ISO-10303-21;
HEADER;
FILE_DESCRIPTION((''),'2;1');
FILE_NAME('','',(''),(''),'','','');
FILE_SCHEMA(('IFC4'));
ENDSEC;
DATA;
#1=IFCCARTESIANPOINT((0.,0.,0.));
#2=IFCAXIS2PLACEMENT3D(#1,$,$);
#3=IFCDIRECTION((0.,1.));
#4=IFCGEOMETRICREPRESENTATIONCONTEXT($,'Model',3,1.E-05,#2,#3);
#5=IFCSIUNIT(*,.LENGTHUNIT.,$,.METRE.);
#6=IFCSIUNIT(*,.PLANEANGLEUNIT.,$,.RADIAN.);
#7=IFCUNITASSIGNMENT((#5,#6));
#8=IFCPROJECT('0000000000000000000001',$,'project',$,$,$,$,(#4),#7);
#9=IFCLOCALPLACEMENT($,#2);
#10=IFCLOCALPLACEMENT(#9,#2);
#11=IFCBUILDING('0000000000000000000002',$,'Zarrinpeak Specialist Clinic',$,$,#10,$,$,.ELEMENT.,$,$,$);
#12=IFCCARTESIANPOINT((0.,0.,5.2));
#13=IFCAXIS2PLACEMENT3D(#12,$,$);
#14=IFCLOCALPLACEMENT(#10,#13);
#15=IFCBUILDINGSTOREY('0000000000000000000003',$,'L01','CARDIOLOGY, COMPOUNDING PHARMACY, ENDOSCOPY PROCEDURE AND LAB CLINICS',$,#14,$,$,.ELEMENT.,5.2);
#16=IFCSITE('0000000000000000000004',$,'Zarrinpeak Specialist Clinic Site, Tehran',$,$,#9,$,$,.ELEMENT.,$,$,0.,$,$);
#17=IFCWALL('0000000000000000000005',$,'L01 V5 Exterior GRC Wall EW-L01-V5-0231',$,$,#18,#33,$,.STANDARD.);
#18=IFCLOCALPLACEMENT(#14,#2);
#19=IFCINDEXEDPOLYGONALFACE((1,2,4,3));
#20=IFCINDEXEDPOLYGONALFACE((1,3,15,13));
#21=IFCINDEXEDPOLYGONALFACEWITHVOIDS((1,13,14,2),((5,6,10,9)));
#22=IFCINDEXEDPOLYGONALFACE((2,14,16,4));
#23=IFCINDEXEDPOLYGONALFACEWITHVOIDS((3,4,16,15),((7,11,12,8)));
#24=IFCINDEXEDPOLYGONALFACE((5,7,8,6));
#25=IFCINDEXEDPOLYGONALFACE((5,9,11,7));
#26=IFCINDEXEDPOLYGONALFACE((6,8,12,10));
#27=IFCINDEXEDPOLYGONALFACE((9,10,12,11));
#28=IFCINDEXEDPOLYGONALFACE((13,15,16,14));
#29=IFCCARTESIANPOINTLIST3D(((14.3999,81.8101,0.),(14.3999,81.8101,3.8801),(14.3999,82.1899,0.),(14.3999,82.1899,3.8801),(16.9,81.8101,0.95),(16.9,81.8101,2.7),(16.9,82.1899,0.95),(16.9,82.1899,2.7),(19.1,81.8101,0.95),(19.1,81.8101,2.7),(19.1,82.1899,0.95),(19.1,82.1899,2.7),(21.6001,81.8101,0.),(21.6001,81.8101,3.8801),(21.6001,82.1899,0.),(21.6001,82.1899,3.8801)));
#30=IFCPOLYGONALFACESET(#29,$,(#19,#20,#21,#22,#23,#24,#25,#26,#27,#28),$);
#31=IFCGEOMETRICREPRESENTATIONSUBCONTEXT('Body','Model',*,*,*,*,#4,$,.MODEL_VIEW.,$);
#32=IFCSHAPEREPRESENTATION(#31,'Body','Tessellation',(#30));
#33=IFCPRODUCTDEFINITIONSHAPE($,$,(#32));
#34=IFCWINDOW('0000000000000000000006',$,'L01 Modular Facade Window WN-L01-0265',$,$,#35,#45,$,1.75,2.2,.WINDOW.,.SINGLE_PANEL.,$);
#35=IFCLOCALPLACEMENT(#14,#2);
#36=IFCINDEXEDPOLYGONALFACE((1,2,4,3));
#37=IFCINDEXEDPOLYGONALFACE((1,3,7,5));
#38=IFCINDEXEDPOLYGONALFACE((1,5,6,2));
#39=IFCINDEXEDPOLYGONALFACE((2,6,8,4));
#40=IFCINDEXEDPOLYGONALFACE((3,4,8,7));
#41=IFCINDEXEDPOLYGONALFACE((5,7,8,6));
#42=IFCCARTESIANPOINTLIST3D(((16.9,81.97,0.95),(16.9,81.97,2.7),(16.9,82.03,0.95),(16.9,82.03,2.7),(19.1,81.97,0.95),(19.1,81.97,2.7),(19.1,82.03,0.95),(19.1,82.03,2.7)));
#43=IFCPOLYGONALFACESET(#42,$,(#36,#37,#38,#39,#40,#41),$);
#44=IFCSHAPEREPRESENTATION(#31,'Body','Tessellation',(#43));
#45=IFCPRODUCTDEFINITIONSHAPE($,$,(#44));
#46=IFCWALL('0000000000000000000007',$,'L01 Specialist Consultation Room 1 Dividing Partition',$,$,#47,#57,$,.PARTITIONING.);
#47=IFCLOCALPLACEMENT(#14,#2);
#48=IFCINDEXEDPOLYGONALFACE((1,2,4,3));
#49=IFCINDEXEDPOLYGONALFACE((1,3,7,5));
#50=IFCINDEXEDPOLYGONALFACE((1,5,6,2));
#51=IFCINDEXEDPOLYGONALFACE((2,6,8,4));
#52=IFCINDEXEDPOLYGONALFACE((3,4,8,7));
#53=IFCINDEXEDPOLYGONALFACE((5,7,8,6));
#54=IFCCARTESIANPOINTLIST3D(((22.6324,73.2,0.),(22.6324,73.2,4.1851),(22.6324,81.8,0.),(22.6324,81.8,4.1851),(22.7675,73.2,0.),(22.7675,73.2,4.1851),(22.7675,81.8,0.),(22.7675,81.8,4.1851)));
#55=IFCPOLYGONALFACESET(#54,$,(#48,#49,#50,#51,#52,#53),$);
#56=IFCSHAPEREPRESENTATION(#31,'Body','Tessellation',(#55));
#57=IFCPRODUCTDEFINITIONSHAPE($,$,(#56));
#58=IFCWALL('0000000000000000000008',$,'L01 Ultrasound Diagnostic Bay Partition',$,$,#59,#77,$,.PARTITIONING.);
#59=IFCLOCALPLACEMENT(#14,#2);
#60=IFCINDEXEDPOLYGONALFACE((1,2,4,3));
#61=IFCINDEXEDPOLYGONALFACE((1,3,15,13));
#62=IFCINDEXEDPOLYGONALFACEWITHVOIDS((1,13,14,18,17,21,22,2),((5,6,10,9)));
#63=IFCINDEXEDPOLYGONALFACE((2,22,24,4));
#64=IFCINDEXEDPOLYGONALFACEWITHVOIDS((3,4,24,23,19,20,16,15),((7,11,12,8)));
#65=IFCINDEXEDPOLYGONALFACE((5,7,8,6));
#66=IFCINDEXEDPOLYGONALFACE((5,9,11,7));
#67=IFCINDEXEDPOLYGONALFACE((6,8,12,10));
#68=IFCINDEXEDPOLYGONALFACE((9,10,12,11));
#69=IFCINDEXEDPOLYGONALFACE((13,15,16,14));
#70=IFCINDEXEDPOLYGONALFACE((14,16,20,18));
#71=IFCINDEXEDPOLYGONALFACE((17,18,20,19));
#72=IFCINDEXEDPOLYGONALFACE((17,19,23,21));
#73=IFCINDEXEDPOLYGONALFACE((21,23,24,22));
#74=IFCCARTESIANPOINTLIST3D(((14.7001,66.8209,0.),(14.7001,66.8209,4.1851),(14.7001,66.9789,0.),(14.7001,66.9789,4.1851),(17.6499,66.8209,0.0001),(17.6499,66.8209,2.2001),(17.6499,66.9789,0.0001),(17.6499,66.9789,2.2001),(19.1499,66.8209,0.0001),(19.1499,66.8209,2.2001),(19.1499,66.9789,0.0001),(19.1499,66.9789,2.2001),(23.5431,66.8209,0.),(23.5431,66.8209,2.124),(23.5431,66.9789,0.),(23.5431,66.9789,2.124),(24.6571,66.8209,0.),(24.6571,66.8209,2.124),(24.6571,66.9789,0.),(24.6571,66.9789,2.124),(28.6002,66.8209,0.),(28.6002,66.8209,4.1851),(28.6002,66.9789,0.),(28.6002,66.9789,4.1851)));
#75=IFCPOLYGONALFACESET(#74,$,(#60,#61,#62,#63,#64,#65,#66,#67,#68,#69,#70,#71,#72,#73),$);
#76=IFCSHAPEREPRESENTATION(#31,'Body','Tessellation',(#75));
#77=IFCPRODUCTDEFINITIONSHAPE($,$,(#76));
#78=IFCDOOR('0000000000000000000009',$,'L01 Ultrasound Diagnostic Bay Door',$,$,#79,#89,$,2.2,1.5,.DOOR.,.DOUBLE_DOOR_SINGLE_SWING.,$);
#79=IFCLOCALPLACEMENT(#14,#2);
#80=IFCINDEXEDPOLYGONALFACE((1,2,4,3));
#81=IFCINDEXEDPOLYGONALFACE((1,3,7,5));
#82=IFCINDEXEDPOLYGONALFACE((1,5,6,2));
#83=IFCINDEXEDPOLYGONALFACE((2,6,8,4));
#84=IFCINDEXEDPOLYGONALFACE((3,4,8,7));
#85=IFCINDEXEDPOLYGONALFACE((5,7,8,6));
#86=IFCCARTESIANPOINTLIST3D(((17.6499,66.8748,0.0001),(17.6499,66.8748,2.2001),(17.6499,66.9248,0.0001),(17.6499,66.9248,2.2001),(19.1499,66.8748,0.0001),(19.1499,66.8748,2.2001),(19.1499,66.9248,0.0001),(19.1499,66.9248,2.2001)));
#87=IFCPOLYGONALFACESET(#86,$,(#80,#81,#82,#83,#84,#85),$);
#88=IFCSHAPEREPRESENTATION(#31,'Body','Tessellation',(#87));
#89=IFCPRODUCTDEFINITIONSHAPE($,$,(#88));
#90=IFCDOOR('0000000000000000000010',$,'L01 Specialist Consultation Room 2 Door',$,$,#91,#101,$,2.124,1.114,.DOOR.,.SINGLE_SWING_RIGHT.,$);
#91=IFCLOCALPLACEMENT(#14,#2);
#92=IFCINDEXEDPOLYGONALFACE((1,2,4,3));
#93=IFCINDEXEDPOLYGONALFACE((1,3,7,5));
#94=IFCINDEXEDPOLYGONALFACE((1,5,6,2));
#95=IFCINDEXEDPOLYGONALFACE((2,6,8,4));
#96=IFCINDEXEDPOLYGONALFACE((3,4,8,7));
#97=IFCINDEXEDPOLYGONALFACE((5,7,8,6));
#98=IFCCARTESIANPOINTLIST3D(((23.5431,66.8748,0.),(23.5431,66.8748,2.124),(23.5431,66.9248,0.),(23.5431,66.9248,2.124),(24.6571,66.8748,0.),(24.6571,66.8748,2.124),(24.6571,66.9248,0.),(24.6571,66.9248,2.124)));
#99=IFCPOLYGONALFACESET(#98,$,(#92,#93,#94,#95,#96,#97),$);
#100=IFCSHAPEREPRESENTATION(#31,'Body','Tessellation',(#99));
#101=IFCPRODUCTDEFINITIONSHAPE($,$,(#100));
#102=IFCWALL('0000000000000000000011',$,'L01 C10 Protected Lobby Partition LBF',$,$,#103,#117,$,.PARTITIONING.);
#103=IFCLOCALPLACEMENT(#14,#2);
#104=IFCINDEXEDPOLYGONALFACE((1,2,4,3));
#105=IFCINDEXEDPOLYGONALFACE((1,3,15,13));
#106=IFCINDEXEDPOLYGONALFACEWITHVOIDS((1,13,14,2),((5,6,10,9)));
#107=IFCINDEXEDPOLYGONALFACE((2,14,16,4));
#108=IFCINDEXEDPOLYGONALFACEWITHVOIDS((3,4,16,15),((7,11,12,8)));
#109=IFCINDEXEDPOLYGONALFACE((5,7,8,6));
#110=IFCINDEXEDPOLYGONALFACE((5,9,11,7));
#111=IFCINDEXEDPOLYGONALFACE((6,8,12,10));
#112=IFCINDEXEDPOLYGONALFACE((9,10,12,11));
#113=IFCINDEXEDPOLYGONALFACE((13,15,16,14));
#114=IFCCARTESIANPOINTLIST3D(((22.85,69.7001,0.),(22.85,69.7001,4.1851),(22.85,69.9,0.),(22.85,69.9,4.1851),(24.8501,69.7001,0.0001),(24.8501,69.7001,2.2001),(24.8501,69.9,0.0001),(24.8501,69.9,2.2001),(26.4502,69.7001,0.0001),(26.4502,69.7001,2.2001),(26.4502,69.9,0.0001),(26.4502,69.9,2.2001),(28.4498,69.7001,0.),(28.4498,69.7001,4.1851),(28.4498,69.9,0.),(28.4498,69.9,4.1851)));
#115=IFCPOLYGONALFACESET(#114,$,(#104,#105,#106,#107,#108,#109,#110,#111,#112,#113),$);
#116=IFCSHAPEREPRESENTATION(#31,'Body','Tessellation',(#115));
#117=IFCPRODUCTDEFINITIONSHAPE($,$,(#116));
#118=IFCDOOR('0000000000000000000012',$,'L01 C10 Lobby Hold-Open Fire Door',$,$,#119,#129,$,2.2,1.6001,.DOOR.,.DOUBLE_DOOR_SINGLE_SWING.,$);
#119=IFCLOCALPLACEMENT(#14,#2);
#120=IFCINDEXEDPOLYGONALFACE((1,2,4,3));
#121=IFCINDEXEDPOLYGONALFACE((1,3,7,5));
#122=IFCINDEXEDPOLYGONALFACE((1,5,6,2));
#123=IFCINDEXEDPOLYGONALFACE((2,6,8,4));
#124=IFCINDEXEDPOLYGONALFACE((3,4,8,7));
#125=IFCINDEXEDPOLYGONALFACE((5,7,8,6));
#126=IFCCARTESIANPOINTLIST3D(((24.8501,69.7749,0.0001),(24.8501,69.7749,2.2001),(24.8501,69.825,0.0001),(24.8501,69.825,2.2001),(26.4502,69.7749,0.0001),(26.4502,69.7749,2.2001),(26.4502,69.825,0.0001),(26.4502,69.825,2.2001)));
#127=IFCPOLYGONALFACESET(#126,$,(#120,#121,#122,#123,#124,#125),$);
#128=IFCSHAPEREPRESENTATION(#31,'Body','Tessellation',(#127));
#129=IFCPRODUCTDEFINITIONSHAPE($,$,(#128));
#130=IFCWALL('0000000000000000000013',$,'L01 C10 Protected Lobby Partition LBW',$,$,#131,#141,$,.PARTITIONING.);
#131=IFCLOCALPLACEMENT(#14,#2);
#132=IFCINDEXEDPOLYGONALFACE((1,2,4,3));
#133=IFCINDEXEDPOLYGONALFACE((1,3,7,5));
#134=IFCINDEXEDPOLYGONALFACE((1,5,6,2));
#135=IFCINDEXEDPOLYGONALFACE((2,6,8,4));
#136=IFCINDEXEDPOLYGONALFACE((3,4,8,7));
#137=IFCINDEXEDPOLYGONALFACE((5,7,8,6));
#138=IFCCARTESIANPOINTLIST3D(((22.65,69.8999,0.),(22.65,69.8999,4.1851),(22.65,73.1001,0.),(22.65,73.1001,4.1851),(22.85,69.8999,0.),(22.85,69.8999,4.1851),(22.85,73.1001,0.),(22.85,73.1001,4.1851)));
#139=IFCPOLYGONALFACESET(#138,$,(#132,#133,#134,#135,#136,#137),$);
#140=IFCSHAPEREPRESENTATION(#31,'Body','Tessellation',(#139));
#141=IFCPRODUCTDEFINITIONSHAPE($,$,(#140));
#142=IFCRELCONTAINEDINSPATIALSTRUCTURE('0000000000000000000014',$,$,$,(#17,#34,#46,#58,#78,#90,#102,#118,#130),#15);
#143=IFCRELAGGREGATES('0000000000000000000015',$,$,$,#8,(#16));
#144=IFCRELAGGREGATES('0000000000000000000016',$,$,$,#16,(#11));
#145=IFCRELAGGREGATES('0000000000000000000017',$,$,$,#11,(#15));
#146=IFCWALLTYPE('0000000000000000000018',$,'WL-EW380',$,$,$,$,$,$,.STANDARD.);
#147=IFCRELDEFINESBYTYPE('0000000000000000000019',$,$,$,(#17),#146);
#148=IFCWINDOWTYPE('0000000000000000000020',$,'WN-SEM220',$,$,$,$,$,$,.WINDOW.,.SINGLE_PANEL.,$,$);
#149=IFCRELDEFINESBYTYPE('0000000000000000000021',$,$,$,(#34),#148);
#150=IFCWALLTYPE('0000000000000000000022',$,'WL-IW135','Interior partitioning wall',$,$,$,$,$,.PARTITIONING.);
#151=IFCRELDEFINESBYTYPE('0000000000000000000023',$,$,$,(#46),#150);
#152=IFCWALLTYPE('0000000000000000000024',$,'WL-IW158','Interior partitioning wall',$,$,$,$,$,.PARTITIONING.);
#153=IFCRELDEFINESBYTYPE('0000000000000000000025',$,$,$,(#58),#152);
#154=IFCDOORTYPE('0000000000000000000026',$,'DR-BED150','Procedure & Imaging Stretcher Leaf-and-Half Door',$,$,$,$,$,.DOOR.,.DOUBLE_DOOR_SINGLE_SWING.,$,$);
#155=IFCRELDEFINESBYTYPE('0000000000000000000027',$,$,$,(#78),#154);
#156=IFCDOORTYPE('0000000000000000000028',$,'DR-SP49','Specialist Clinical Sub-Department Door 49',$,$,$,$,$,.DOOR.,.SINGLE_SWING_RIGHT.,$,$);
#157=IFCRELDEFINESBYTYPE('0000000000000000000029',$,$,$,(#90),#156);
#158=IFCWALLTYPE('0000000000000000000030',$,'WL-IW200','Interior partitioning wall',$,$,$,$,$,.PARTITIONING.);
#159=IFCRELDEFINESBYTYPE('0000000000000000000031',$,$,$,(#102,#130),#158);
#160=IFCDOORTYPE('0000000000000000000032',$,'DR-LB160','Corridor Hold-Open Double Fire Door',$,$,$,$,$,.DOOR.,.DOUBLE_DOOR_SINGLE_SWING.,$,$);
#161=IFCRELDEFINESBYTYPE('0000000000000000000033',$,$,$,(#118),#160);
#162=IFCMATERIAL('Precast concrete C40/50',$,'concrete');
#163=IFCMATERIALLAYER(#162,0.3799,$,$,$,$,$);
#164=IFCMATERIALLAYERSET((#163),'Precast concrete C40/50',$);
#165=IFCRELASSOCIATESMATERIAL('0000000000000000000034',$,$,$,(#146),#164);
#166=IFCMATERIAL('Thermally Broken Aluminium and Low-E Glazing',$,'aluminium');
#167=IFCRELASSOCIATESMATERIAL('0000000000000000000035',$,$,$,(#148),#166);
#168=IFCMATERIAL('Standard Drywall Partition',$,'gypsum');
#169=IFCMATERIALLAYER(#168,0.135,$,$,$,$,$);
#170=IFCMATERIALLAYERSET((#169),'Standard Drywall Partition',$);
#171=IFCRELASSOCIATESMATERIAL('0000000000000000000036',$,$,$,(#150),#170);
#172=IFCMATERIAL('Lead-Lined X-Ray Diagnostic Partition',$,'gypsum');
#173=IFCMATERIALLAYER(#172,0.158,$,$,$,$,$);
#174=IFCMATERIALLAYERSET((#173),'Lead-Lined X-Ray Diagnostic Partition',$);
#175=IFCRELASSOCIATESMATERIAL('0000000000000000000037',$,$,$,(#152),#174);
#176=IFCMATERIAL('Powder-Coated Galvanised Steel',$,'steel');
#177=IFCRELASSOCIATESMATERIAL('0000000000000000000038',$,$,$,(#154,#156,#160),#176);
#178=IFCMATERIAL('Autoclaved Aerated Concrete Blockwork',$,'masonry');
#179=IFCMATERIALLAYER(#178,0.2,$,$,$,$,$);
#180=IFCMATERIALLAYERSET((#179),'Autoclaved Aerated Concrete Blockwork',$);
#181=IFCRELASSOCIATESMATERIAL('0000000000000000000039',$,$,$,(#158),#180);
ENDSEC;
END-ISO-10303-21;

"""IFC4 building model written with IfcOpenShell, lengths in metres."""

from ifc_helpers import new_model, si_unit, direction, frame, frame_2d, origin, place, context, subcontext, project, spatial, rectangle, extrude, material, layer, layer_set, type_object, element, fill, save


model = new_model("IFC4")

# Units and contexts
model_context = context("Model", 3, precision=1e-05, world=origin(), true_north=direction((0.0, 1.0)))
body_context = subcontext(model_context, "Body", "Model", "MODEL_VIEW")
ifc_project = project(units=[si_unit("LENGTHUNIT", "METRE"), si_unit("PLANEANGLEUNIT", "RADIAN")], contexts=[model_context])

# Site, building, storey
site_placement = place(None, origin())
site = spatial("IfcSite", under=ifc_project, at=site_placement, Name="Zarrinpeak Specialist Clinic Site, Tehran", CompositionType="ELEMENT", RefElevation=0.0)
building_placement = place(site_placement, origin())
building = spatial("IfcBuilding", under=site, at=building_placement, Name="Zarrinpeak Specialist Clinic", CompositionType="ELEMENT")
storey_placement = place(building_placement, frame((0.0, 0.0, 5.2)))
storey = spatial("IfcBuildingStorey", under=building, at=storey_placement, Name="L01", Description="CARDIOLOGY, COMPOUNDING PHARMACY, ENDOSCOPY PROCEDURE AND LAB CLINICS", CompositionType="ELEMENT", Elevation=5.2)

# Shared definitions
ifc_material_1 = material(Name="Powder-Coated Galvanised Steel", Category="steel")

# Wall, opening, window
ifc_material_2 = material(Name="Precast concrete C40/50", Category="concrete")
ifc_layer_1 = layer(ifc_material_2, 0.3799)
ifc_layer_set_1 = layer_set([ifc_layer_1], Name="Precast concrete C40/50")
wall_type_1 = type_object("IfcWallType", Name="WL-EW380", PredefinedType="STANDARD", material=ifc_layer_set_1)
wall_1_placement = place(storey_placement, frame((21.6001, 82.0, 0.0), z_axis=(0.0, 0.0, 1.0), x_axis=(-1.0, 0.0, 0.0)))
wall_1 = element("IfcWall", 1, at=wall_1_placement, inside=storey, type_object=wall_type_1, Name="L01 V5 Exterior GRC Wall EW-L01-V5-0231", PredefinedType="STANDARD", context=body_context, shape_type="SweptSolid", body=[
    extrude(rectangle(XDim=7.2002, YDim=0.3799, at=frame_2d((3.6001, 0.0))), origin(), (0.0, 0.0, 1.0), 3.8801),
])
opening_1_placement = place(wall_1_placement, frame((2.5, 0.0, 0.95)))
opening_1 = element("IfcOpeningElement", 2, at=opening_1_placement, cuts=wall_1, PredefinedType="OPENING", context=body_context, shape_type="SweptSolid", body=[
    extrude(rectangle(XDim=2.2, YDim=1.75, at=frame_2d((1.1001, 0.875))), frame((0.0, 0.2, 0.0), z_axis=(0.0, -1.0, 0.0), x_axis=(1.0, 0.0, 0.0)), (0.0, 0.0, 1.0), 0.3999),
])
ifc_material_3 = material(Name="Thermally Broken Aluminium and Low-E Glazing", Category="aluminium")
window_type = type_object("IfcWindowType", Name="WN-SEM220", PartitioningType="SINGLE_PANEL", PredefinedType="WINDOW", material=ifc_material_3)
window_placement = place(opening_1_placement, origin())
window = element("IfcWindow", 3, at=window_placement, inside=storey, type_object=window_type, Name="L01 Modular Facade Window WN-L01-0265", OverallHeight=1.75, OverallWidth=2.2, PartitioningType="SINGLE_PANEL", PredefinedType="WINDOW", context=body_context, shape_type="SweptSolid", body=[
    extrude(rectangle(XDim=2.2, YDim=1.75, at=frame_2d((1.1001, 0.875))), frame((0.0, 0.03, 0.0), z_axis=(0.0, -1.0, 0.0), x_axis=(1.0, 0.0, 0.0)), (0.0, 0.0, 1.0), 0.0601),
])
fill(opening_1, window)

# Wall
ifc_material_4 = material(Name="Standard Drywall Partition", Category="gypsum")
ifc_layer_2 = layer(ifc_material_4, 0.135)
ifc_layer_set_2 = layer_set([ifc_layer_2], Name="Standard Drywall Partition")
wall_type_2 = type_object("IfcWallType", Name="WL-IW135", Description="Interior partitioning wall", PredefinedType="PARTITIONING", material=ifc_layer_set_2)
wall_2_placement = place(storey_placement, frame((22.7, 73.2, 0.0), z_axis=(0.0, 0.0, 1.0), x_axis=(0.0, 1.0, 0.0)))
element("IfcWall", 4, at=wall_2_placement, inside=storey, type_object=wall_type_2, Name="L01 Specialist Consultation Room 1 Dividing Partition", PredefinedType="PARTITIONING", context=body_context, shape_type="SweptSolid", body=[
    extrude(rectangle(XDim=8.6001, YDim=0.135, at=frame_2d((4.3, 0.0))), origin(), (0.0, 0.0, 1.0), 4.1851),
])

# Wall, openings, doors
ifc_material_5 = material(Name="Lead-Lined X-Ray Diagnostic Partition", Category="gypsum")
ifc_layer_3 = layer(ifc_material_5, 0.158)
ifc_layer_set_3 = layer_set([ifc_layer_3], Name="Lead-Lined X-Ray Diagnostic Partition")
wall_type_3 = type_object("IfcWallType", Name="WL-IW158", Description="Interior partitioning wall", PredefinedType="PARTITIONING", material=ifc_layer_set_3)
wall_3_placement = place(storey_placement, frame((14.7, 66.8999, 0.0), z_axis=(0.0, 0.0, 1.0), x_axis=(1.0, 0.0, 0.0)))
wall_3 = element("IfcWall", 5, at=wall_3_placement, inside=storey, type_object=wall_type_3, Name="L01 Ultrasound Diagnostic Bay Partition", PredefinedType="PARTITIONING", context=body_context, shape_type="SweptSolid", body=[
    extrude(rectangle(XDim=13.9001, YDim=0.158, at=frame_2d((6.9502, 0.0))), origin(), (0.0, 0.0, 1.0), 4.1851),
])
opening_2_placement = place(wall_3_placement, frame((2.95, 0.0, 0.0)))
opening_2 = element("IfcOpeningElement", 6, at=opening_2_placement, cuts=wall_3, PredefinedType="OPENING", context=body_context, shape_type="SweptSolid", body=[
    extrude(rectangle(XDim=1.5, YDim=2.2, at=frame_2d((0.75, 1.1001))), frame((0.0, 0.0889, 0.0), z_axis=(0.0, -1.0, 0.0), x_axis=(1.0, 0.0, 0.0)), (0.0, 0.0, 1.0), 0.178),
])
opening_3_placement = place(wall_3_placement, frame((8.843, 0.0, 0.0)))
opening_3 = element("IfcOpeningElement", 7, at=opening_3_placement, cuts=wall_3, PredefinedType="OPENING", context=body_context, shape_type="SweptSolid", body=[
    extrude(rectangle(XDim=1.114, YDim=2.124, at=frame_2d((0.5571, 1.062))), frame((0.0, 0.0889, 0.0), z_axis=(0.0, -1.0, 0.0), x_axis=(1.0, 0.0, 0.0)), (0.0, 0.0, 1.0), 0.178),
])
door_type_1 = type_object("IfcDoorType", Name="DR-BED150", Description="Procedure & Imaging Stretcher Leaf-and-Half Door", OperationType="DOUBLE_DOOR_SINGLE_SWING", PredefinedType="DOOR", material=ifc_material_1)
door_1_placement = place(opening_2_placement, origin())
door_1 = element("IfcDoor", 8, at=door_1_placement, inside=storey, type_object=door_type_1, Name="L01 Ultrasound Diagnostic Bay Door", OperationType="DOUBLE_DOOR_SINGLE_SWING", OverallHeight=2.2, OverallWidth=1.5, PredefinedType="DOOR", context=body_context, shape_type="SweptSolid", body=[
    extrude(rectangle(XDim=1.5, YDim=2.2, at=frame_2d((0.75, 1.1001))), frame((0.0, 0.0249, 0.0), z_axis=(0.0, -1.0, 0.0), x_axis=(1.0, 0.0, 0.0)), (0.0, 0.0, 1.0), 0.05),
])
fill(opening_2, door_1)
door_type_2 = type_object("IfcDoorType", Name="DR-SP49", Description="Specialist Clinical Sub-Department Door 49", OperationType="SINGLE_SWING_RIGHT", PredefinedType="DOOR", material=ifc_material_1)
door_2_placement = place(opening_3_placement, origin())
door_2 = element("IfcDoor", 9, at=door_2_placement, inside=storey, type_object=door_type_2, Name="L01 Specialist Consultation Room 2 Door", OperationType="SINGLE_SWING_RIGHT", OverallHeight=2.124, OverallWidth=1.114, PredefinedType="DOOR", context=body_context, shape_type="SweptSolid", body=[
    extrude(rectangle(XDim=1.114, YDim=2.124, at=frame_2d((0.5571, 1.062))), frame((0.0, 0.0249, 0.0), z_axis=(0.0, -1.0, 0.0), x_axis=(1.0, 0.0, 0.0)), (0.0, 0.0, 1.0), 0.05),
])
fill(opening_3, door_2)

# Wall, opening, door
ifc_material_6 = material(Name="Autoclaved Aerated Concrete Blockwork", Category="masonry")
ifc_layer_4 = layer(ifc_material_6, 0.2)
ifc_layer_set_4 = layer_set([ifc_layer_4], Name="Autoclaved Aerated Concrete Blockwork")
wall_type_4 = type_object("IfcWallType", Name="WL-IW200", Description="Interior partitioning wall", PredefinedType="PARTITIONING", material=ifc_layer_set_4)
wall_4_placement = place(storey_placement, frame((22.8501, 69.8, 0.0), z_axis=(0.0, 0.0, 1.0), x_axis=(1.0, 0.0, 0.0)))
wall_4 = element("IfcWall", 10, at=wall_4_placement, inside=storey, type_object=wall_type_4, Name="L01 C10 Protected Lobby Partition LBF", PredefinedType="PARTITIONING", context=body_context, shape_type="SweptSolid", body=[
    extrude(rectangle(XDim=5.5999, YDim=0.2, at=frame_2d((2.7998, 0.0))), origin(), (0.0, 0.0, 1.0), 4.1851),
])
opening_4_placement = place(wall_4_placement, frame((2.0, 0.0, 0.0)))
opening_4 = element("IfcOpeningElement", 11, at=opening_4_placement, cuts=wall_4, PredefinedType="OPENING", context=body_context, shape_type="SweptSolid", body=[
    extrude(rectangle(XDim=1.6001, YDim=2.2, at=frame_2d((0.8, 1.1001))), frame((0.0, 0.1099, 0.0), z_axis=(0.0, -1.0, 0.0), x_axis=(1.0, 0.0, 0.0)), (0.0, 0.0, 1.0), 0.22),
])
door_type_3 = type_object("IfcDoorType", Name="DR-LB160", Description="Corridor Hold-Open Double Fire Door", OperationType="DOUBLE_DOOR_SINGLE_SWING", PredefinedType="DOOR", material=ifc_material_1)
door_3_placement = place(opening_4_placement, origin())
door_3 = element("IfcDoor", 12, at=door_3_placement, inside=storey, type_object=door_type_3, Name="L01 C10 Lobby Hold-Open Fire Door", OperationType="DOUBLE_DOOR_SINGLE_SWING", OverallHeight=2.2, OverallWidth=1.6001, PredefinedType="DOOR", context=body_context, shape_type="SweptSolid", body=[
    extrude(rectangle(XDim=1.6001, YDim=2.2, at=frame_2d((0.8, 1.1001))), frame((0.0, 0.0249, 0.0), z_axis=(0.0, -1.0, 0.0), x_axis=(1.0, 0.0, 0.0)), (0.0, 0.0, 1.0), 0.05),
])
fill(opening_4, door_3)

# Wall
wall_5_placement = place(storey_placement, frame((22.75, 69.8999, 0.0), z_axis=(0.0, 0.0, 1.0), x_axis=(0.0, 1.0, 0.0)))
element("IfcWall", 13, at=wall_5_placement, inside=storey, type_object=wall_type_4, Name="L01 C10 Protected Lobby Partition LBW", PredefinedType="PARTITIONING", context=body_context, shape_type="SweptSolid", body=[
    extrude(rectangle(XDim=3.2002, YDim=0.2, at=frame_2d((1.6001, 0.0))), origin(), (0.0, 0.0, 1.0), 4.1851),
])

save(model, "model.ifc")
